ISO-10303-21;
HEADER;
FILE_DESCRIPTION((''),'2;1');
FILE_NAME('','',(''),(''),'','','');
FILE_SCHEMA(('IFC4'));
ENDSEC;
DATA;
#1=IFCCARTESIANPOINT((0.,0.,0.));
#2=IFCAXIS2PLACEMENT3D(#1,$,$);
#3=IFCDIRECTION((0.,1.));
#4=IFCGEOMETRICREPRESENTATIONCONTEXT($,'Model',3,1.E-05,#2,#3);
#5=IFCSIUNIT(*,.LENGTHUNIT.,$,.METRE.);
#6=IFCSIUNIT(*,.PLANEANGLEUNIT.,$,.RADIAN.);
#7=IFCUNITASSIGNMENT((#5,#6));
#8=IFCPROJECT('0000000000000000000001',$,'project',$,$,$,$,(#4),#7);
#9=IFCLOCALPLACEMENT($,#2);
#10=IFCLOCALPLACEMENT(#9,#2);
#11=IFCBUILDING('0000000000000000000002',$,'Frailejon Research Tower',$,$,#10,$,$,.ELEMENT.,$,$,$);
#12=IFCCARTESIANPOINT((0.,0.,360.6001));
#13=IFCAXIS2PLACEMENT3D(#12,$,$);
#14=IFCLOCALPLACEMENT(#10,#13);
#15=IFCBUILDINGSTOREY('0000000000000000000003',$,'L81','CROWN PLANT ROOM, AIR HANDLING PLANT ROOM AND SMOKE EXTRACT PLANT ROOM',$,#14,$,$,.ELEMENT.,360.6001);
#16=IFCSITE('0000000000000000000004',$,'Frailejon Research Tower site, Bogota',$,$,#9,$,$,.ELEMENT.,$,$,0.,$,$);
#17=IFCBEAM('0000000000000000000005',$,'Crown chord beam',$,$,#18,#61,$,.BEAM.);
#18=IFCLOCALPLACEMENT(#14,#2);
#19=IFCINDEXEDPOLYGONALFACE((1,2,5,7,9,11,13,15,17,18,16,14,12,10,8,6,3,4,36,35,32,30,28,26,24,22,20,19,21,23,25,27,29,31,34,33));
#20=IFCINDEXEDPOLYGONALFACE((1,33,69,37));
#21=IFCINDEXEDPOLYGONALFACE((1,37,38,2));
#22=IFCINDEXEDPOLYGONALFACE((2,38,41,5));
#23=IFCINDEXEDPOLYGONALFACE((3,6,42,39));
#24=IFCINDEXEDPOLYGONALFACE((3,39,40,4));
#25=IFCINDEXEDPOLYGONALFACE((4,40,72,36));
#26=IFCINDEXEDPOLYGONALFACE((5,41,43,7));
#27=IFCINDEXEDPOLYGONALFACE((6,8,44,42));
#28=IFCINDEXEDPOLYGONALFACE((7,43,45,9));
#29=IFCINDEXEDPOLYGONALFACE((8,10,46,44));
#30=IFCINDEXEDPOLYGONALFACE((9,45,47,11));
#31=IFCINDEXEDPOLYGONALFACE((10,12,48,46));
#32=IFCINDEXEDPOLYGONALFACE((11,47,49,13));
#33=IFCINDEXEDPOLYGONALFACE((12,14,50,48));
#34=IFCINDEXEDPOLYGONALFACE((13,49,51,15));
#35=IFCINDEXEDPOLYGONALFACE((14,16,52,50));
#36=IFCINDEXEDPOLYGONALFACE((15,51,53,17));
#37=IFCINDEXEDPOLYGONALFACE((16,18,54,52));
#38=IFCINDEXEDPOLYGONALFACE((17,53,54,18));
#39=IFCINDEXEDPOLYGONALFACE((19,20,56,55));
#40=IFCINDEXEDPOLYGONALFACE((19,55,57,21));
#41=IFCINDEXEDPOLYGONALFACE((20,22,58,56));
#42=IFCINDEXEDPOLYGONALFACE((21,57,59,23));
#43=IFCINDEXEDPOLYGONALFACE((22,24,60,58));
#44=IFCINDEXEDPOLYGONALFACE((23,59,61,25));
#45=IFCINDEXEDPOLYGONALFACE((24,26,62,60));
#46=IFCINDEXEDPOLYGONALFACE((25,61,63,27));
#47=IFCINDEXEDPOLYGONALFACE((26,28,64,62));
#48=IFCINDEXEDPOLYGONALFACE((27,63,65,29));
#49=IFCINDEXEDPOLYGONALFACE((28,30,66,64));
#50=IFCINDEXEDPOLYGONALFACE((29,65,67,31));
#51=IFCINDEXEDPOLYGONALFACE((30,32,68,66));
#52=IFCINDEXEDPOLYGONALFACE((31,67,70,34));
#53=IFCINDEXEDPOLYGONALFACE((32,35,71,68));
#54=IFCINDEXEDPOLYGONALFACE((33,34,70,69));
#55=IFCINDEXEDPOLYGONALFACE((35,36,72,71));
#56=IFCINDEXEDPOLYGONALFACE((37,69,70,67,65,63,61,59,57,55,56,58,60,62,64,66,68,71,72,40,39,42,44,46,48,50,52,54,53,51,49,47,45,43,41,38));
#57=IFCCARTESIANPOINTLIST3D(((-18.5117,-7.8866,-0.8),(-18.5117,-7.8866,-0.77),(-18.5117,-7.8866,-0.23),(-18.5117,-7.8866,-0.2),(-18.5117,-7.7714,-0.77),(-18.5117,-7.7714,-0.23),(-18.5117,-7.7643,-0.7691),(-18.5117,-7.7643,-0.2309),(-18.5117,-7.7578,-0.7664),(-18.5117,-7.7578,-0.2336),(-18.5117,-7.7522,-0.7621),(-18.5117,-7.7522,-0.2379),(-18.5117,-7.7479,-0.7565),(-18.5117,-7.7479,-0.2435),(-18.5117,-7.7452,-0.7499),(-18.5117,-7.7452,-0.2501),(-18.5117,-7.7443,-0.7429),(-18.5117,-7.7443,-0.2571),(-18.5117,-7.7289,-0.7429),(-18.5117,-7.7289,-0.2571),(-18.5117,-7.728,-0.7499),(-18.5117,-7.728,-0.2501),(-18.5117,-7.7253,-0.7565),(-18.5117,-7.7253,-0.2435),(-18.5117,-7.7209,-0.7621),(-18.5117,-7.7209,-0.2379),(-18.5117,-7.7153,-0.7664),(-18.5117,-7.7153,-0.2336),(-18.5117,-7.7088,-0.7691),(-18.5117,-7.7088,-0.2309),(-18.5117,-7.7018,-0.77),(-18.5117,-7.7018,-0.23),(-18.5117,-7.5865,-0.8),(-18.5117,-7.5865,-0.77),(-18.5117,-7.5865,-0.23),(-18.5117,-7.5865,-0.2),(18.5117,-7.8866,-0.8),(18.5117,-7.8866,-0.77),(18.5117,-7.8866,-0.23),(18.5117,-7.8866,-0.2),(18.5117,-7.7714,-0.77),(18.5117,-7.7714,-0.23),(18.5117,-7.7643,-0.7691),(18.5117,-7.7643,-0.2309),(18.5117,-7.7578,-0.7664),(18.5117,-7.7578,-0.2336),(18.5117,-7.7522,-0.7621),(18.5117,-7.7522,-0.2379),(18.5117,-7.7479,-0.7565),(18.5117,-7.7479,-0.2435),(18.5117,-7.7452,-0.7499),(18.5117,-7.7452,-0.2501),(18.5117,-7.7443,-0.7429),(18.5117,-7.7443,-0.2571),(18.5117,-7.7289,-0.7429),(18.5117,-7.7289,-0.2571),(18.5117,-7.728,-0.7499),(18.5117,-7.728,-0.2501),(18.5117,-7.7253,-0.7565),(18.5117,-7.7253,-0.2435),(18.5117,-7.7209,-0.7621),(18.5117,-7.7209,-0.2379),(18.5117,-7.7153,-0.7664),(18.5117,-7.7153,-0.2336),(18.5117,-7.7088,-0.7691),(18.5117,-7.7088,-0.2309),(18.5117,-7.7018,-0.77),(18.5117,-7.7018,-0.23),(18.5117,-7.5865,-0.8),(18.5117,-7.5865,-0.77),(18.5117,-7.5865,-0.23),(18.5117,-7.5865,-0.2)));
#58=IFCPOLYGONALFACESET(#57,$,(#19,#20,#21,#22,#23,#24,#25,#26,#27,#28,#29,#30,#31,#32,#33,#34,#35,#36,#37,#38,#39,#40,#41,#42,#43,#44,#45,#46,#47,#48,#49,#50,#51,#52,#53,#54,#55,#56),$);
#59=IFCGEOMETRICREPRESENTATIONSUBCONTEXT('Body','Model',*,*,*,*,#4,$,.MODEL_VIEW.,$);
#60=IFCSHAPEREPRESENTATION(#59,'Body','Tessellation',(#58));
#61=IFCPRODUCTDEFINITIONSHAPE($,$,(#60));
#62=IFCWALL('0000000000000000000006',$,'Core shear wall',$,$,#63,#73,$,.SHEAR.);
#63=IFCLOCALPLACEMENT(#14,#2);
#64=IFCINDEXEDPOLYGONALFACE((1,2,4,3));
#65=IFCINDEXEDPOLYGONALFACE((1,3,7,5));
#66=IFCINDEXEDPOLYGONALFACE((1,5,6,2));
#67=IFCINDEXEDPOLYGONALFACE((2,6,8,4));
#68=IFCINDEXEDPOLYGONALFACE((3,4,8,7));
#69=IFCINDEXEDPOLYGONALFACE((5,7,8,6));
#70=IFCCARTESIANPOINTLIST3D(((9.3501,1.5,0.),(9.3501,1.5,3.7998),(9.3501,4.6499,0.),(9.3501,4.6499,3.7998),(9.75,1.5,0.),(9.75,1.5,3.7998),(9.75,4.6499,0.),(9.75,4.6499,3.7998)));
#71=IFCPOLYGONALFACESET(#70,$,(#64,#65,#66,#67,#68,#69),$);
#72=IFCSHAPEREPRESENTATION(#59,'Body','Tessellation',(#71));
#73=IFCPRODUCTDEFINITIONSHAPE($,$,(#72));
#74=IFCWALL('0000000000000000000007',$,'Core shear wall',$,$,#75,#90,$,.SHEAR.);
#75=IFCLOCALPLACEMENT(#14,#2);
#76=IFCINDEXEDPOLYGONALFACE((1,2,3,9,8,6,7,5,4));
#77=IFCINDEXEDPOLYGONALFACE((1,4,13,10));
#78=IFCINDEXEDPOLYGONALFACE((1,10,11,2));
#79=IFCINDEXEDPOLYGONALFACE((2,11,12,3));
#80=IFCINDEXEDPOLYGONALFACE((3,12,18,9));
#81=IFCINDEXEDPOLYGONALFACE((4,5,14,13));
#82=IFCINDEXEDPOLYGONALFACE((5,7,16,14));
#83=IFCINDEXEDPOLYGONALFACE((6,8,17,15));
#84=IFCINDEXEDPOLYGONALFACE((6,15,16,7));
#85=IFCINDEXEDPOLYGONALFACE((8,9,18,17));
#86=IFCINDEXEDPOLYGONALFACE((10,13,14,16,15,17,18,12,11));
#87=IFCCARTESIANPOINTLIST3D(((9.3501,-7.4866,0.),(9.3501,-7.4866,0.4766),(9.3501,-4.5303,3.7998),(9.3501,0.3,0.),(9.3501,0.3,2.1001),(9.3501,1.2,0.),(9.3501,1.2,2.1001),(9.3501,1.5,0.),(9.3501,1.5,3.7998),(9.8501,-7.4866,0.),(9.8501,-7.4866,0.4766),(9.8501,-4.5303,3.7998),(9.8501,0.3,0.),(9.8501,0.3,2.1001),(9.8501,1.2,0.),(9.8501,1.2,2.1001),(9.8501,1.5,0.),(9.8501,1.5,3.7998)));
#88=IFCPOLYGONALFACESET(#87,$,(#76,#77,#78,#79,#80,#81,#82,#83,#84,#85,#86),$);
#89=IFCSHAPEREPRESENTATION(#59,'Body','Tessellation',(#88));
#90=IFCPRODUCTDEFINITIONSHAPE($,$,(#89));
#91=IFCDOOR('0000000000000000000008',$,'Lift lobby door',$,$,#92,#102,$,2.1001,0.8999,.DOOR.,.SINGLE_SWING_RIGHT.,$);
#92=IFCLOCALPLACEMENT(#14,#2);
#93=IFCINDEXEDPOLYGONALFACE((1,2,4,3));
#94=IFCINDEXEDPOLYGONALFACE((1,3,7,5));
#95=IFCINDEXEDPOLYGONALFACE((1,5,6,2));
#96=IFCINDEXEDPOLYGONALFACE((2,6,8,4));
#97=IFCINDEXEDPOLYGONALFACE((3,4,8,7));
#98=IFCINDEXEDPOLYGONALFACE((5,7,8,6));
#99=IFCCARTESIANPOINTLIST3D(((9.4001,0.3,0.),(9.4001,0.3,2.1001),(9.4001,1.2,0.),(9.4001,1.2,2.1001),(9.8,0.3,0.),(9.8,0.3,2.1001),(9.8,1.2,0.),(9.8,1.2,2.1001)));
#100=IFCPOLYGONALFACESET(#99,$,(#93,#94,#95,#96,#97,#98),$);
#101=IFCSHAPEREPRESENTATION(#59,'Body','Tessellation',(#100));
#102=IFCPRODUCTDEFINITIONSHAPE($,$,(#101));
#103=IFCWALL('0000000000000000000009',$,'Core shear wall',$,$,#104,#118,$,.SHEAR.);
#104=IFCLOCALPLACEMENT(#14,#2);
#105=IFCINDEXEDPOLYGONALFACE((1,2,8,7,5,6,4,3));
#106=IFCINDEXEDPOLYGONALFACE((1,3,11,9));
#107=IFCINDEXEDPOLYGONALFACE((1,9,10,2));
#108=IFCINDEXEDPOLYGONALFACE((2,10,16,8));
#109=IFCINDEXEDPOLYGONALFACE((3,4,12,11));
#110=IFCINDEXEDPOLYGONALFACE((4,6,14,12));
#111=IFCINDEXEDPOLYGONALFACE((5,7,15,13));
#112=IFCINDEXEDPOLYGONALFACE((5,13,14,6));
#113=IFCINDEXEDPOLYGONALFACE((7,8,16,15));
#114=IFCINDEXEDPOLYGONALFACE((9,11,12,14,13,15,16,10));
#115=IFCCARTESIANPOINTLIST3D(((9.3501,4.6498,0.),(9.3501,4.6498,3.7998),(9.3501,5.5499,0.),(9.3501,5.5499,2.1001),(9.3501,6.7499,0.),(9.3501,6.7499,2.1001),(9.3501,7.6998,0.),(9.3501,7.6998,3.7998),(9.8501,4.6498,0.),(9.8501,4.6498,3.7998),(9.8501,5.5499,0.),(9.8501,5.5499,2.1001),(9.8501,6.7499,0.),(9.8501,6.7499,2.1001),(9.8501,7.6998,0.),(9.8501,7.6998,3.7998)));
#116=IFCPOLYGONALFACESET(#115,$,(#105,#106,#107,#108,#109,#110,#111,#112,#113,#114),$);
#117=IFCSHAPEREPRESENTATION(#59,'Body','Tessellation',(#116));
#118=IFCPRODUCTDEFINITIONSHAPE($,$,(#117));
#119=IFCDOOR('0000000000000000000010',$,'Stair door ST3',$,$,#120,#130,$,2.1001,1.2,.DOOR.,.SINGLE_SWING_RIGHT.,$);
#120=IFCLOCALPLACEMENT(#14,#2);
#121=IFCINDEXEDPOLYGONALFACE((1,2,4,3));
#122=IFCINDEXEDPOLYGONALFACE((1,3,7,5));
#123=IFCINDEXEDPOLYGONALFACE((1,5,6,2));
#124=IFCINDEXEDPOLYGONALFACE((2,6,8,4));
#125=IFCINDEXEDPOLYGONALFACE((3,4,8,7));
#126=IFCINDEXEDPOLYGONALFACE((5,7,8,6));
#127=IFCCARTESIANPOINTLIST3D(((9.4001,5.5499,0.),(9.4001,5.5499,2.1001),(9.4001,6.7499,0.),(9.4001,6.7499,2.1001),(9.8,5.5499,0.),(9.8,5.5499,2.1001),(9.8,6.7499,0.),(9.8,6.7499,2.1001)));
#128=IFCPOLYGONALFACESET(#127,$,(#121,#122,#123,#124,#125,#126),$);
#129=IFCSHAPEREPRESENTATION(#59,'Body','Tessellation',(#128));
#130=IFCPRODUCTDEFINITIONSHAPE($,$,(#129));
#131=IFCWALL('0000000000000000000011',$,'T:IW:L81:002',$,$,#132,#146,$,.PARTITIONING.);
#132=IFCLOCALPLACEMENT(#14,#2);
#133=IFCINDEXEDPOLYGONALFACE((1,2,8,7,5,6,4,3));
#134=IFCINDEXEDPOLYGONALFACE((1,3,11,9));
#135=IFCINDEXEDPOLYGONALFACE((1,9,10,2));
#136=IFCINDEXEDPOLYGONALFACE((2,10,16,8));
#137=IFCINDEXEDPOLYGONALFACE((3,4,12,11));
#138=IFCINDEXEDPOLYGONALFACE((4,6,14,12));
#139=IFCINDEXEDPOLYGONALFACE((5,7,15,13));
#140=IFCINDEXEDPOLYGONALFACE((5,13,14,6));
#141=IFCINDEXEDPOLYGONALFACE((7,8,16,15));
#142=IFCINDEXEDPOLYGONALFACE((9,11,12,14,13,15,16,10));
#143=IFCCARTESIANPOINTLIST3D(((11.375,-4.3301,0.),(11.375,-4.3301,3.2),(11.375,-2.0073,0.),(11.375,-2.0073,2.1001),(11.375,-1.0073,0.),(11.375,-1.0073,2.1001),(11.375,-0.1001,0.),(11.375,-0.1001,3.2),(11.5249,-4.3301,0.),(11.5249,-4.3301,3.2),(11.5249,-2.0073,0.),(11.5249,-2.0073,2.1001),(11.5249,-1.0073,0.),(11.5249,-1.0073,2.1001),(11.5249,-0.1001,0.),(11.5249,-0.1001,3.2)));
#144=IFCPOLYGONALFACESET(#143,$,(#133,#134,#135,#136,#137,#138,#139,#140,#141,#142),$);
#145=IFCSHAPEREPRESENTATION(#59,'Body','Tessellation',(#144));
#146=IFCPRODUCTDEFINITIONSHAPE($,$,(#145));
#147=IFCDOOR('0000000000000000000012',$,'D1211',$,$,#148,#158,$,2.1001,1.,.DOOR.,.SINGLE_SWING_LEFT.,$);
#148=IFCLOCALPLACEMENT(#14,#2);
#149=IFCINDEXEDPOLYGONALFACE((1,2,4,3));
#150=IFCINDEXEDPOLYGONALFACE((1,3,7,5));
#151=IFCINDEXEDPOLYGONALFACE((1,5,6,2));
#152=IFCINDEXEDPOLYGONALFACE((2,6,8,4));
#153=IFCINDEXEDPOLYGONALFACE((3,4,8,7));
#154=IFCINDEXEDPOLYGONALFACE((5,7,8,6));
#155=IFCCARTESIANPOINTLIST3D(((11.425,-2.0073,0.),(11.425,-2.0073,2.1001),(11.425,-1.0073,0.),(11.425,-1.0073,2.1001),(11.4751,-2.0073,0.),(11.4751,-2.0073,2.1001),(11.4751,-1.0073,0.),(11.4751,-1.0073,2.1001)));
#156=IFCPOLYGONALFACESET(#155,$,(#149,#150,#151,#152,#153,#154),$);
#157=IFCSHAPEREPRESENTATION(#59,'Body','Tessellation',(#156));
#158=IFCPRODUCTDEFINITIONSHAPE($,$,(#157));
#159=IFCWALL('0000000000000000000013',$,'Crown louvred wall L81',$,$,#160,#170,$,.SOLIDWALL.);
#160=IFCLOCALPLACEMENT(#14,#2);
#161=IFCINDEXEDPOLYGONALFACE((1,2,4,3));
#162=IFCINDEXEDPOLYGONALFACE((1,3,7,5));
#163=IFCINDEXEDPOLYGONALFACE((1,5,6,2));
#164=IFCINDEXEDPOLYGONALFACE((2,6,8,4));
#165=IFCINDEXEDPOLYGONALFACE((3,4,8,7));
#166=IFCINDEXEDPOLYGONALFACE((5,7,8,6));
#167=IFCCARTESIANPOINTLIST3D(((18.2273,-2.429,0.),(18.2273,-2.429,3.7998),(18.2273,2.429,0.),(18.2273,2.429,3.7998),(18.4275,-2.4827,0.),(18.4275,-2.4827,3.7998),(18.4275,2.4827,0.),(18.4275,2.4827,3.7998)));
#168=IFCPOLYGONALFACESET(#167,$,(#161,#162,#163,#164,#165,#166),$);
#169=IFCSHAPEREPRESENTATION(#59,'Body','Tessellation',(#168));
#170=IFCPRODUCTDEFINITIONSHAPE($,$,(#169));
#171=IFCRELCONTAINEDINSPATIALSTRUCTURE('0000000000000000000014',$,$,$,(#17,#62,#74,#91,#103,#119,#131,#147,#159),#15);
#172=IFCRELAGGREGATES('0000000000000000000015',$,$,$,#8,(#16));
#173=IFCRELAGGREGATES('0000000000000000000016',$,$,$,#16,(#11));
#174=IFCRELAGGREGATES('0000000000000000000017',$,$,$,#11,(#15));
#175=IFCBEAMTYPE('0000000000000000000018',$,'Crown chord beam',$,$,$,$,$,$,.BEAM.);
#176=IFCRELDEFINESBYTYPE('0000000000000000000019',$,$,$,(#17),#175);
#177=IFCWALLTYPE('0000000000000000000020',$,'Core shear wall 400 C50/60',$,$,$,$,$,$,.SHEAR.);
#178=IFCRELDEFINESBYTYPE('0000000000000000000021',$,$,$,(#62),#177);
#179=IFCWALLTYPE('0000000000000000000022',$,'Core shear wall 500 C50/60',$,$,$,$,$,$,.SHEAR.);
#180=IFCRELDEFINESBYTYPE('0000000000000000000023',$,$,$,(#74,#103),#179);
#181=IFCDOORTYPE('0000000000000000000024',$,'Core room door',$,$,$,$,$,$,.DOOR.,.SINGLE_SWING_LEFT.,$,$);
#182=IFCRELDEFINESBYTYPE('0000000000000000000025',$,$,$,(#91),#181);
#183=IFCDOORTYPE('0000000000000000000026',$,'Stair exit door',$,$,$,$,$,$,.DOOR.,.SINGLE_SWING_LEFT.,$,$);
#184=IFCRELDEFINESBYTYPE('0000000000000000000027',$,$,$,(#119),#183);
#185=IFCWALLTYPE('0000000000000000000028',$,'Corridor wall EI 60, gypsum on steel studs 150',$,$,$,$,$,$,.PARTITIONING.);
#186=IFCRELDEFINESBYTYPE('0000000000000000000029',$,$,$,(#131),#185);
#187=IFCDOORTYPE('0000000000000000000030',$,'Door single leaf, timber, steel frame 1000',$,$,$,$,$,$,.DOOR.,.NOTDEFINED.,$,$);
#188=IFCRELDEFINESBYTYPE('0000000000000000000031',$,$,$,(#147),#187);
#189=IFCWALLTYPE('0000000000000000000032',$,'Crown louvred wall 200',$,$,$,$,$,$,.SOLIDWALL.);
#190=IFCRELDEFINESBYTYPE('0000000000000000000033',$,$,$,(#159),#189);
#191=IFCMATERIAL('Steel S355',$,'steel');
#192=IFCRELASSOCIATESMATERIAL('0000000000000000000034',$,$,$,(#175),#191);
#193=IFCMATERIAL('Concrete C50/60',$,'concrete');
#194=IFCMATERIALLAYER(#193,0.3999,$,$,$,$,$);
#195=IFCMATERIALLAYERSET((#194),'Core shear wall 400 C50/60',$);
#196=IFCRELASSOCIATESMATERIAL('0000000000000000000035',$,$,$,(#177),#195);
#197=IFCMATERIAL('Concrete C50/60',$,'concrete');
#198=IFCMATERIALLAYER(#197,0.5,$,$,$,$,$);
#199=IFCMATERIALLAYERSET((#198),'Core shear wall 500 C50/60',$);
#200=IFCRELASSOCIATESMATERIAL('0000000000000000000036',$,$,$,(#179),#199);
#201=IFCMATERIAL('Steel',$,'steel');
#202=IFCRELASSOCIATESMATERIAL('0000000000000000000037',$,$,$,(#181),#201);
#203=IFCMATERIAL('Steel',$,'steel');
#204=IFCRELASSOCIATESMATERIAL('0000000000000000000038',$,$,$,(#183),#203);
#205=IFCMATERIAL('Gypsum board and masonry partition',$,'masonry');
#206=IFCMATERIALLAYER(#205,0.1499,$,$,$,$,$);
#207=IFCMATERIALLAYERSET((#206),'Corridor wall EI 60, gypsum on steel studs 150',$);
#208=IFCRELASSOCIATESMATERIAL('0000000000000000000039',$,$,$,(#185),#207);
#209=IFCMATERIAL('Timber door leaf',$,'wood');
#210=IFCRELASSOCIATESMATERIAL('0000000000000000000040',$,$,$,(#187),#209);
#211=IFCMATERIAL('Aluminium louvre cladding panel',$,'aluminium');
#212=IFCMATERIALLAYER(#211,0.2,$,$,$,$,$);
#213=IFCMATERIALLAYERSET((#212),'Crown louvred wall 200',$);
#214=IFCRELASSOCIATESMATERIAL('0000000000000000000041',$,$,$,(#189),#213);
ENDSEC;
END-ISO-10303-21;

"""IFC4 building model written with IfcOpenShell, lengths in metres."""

from ifc_helpers import new_model, si_unit, direction, frame, frame_2d, origin, origin_2d, place, context, subcontext, project, spatial, polyline, rectangle, i_section, outline, extrude, material, layer, layer_set, material_profile, profile_set, type_object, element, fill, save


model = new_model("IFC4")

# Units and contexts
model_context = context("Model", 3, precision=1e-05, world=origin(), true_north=direction((0.0, 1.0)))
body_context = subcontext(model_context, "Body", "Model", "MODEL_VIEW")
ifc_project = project(units=[si_unit("LENGTHUNIT", "METRE"), si_unit("PLANEANGLEUNIT", "RADIAN")], contexts=[model_context])

# Site, building, storey
site_placement = place(None, origin())
site = spatial("IfcSite", under=ifc_project, at=site_placement, Name="Frailejon Research Tower site, Bogota", CompositionType="ELEMENT", RefElevation=0.0)
building_placement = place(site_placement, origin())
building = spatial("IfcBuilding", under=site, at=building_placement, Name="Frailejon Research Tower", CompositionType="ELEMENT")
storey_placement = place(building_placement, frame((0.0, 0.0, 360.6001)))
storey = spatial("IfcBuildingStorey", under=building, at=storey_placement, Name="L81", Description="CROWN PLANT ROOM, AIR HANDLING PLANT ROOM AND SMOKE EXTRACT PLANT ROOM", CompositionType="ELEMENT", Elevation=360.6001)

# Beam
ifc_material_1 = material(Name="Steel S355", Category="steel")
ifc_material_profile = material_profile(ifc_material_1, i_section(OverallWidth=0.3, OverallDepth=0.6001, WebThickness=0.0154, FlangeThickness=0.03, FilletRadius=0.0271, at=origin_2d()), Name="HE 600 B")
ifc_profile_set = profile_set([ifc_material_profile], Name="Steel S355")
beam_type = type_object("IfcBeamType", Name="Crown chord beam", PredefinedType="BEAM", material=ifc_profile_set)
beam_placement = place(storey_placement, frame((18.5117, -7.7366, -0.5), z_axis=(-1.0, 0.0, 0.0), x_axis=(0.0, -1.0, 0.0)))
element("IfcBeam", 1, at=beam_placement, inside=storey, type_object=beam_type, Name="Crown chord beam", PredefinedType="BEAM", context=body_context, shape_type="SweptSolid", body=[
    extrude(i_section(OverallWidth=0.3, OverallDepth=0.6001, WebThickness=0.0154, FlangeThickness=0.03, FilletRadius=0.0271, at=origin_2d()), origin(), (0.0, 0.0, 1.0), 37.0234),
])

# Wall
ifc_material_2 = material(Name="Concrete C50/60", Category="concrete")
ifc_layer_1 = layer(ifc_material_2, 0.3999)
ifc_layer_set_1 = layer_set([ifc_layer_1], Name="Core shear wall 400 C50/60")
wall_type_1 = type_object("IfcWallType", Name="Core shear wall 400 C50/60", PredefinedType="SHEAR", material=ifc_layer_set_1)
wall_1_placement = place(storey_placement, frame((9.55, 1.5, 0.0), z_axis=(0.0, 0.0, 1.0), x_axis=(0.0, 1.0, 0.0)))
element("IfcWall", 2, at=wall_1_placement, inside=storey, type_object=wall_type_1, Name="Core shear wall", PredefinedType="SHEAR", context=body_context, shape_type="SweptSolid", body=[
    extrude(rectangle(XDim=3.1499, YDim=0.3999, at=frame_2d((1.575, 0.0))), origin(), (0.0, 0.0, 1.0), 3.7998),
])

# Walls, openings, doors
ifc_material_3 = material(Name="Concrete C50/60", Category="concrete")
ifc_layer_2 = layer(ifc_material_3, 0.5)
ifc_layer_set_2 = layer_set([ifc_layer_2], Name="Core shear wall 500 C50/60")
wall_type_2 = type_object("IfcWallType", Name="Core shear wall 500 C50/60", PredefinedType="SHEAR", material=ifc_layer_set_2)
wall_2_placement = place(storey_placement, frame((9.6001, -7.4866, 0.0), z_axis=(0.0, 0.0, 1.0), x_axis=(0.0, 1.0, 0.0)))
wall_2 = element("IfcWall", 3, at=wall_2_placement, inside=storey, type_object=wall_type_2, Name="Core shear wall", PredefinedType="SHEAR", context=body_context, shape_type="SweptSolid", body=[
    extrude(outline(polyline([(0.0, 0.0), (8.9866, 0.0), (8.9866, 3.7998), (6.9563, 3.7998), (2.9563, 3.7998), (0.0, 0.4766), (0.0, 0.0)])), frame((0.0, 0.25, 0.0), z_axis=(0.0, -1.0, 0.0), x_axis=(1.0, 0.0, 0.0)), (0.0, 0.0, 1.0), 0.5),
])
opening_1_placement = place(wall_2_placement, frame((7.7866, 0.0, 0.0)))
opening_1 = element("IfcOpeningElement", 4, at=opening_1_placement, cuts=wall_2, PredefinedType="OPENING", context=body_context, shape_type="SweptSolid", body=[
    extrude(rectangle(XDim=0.8999, YDim=2.1001, at=frame_2d((0.45, 1.05))), frame((0.0, 0.26, 0.0), z_axis=(0.0, -1.0, 0.0), x_axis=(1.0, 0.0, 0.0)), (0.0, 0.0, 1.0), 0.52),
])
ifc_material_4 = material(Name="Steel", Category="steel")
door_type_1 = type_object("IfcDoorType", Name="Core room door", OperationType="SINGLE_SWING_LEFT", PredefinedType="DOOR", material=ifc_material_4)
door_1_placement = place(opening_1_placement, origin())
door_1 = element("IfcDoor", 5, at=door_1_placement, inside=storey, type_object=door_type_1, Name="Lift lobby door", OperationType="SINGLE_SWING_RIGHT", OverallHeight=2.1001, OverallWidth=0.8999, PredefinedType="DOOR", context=body_context, shape_type="SweptSolid", body=[
    extrude(rectangle(XDim=0.8999, YDim=2.1001, at=frame_2d((0.45, 1.05))), frame((0.0, 0.2, 0.0), z_axis=(0.0, -1.0, 0.0), x_axis=(1.0, 0.0, 0.0)), (0.0, 0.0, 1.0), 0.3999),
])
fill(opening_1, door_1)
wall_3_placement = place(storey_placement, frame((9.6001, 4.6499, 0.0), z_axis=(0.0, 0.0, 1.0), x_axis=(0.0, 1.0, 0.0)))
wall_3 = element("IfcWall", 6, at=wall_3_placement, inside=storey, type_object=wall_type_2, Name="Core shear wall", PredefinedType="SHEAR", context=body_context, shape_type="SweptSolid", body=[
    extrude(rectangle(XDim=3.05, YDim=0.5, at=frame_2d((1.5249, 0.0))), origin(), (0.0, 0.0, 1.0), 3.7998),
])
opening_2_placement = place(wall_3_placement, frame((0.8999, 0.0, 0.0)))
opening_2 = element("IfcOpeningElement", 7, at=opening_2_placement, cuts=wall_3, PredefinedType="OPENING", context=body_context, shape_type="SweptSolid", body=[
    extrude(rectangle(XDim=1.2, YDim=2.1001, at=frame_2d((0.6001, 1.05))), frame((0.0, 0.26, 0.0), z_axis=(0.0, -1.0, 0.0), x_axis=(1.0, 0.0, 0.0)), (0.0, 0.0, 1.0), 0.52),
])
ifc_material_5 = material(Name="Steel", Category="steel")
door_type_2 = type_object("IfcDoorType", Name="Stair exit door", OperationType="SINGLE_SWING_LEFT", PredefinedType="DOOR", material=ifc_material_5)
door_2_placement = place(opening_2_placement, origin())
door_2 = element("IfcDoor", 8, at=door_2_placement, inside=storey, type_object=door_type_2, Name="Stair door ST3", OperationType="SINGLE_SWING_RIGHT", OverallHeight=2.1001, OverallWidth=1.2, PredefinedType="DOOR", context=body_context, shape_type="SweptSolid", body=[
    extrude(rectangle(XDim=1.2, YDim=2.1001, at=frame_2d((0.6001, 1.05))), frame((0.0, 0.2, 0.0), z_axis=(0.0, -1.0, 0.0), x_axis=(1.0, 0.0, 0.0)), (0.0, 0.0, 1.0), 0.3999),
])
fill(opening_2, door_2)
ifc_material_6 = material(Name="Gypsum board and masonry partition", Category="masonry")
ifc_layer_3 = layer(ifc_material_6, 0.1499)
ifc_layer_set_3 = layer_set([ifc_layer_3], Name="Corridor wall EI 60, gypsum on steel studs 150")
wall_type_3 = type_object("IfcWallType", Name="Corridor wall EI 60, gypsum on steel studs 150", PredefinedType="PARTITIONING", material=ifc_layer_set_3)
wall_4_placement = place(storey_placement, frame((11.45, -4.3301, 0.0), z_axis=(0.0, 0.0, 1.0), x_axis=(0.0, 1.0, 0.0)))
wall_4 = element("IfcWall", 9, at=wall_4_placement, inside=storey, type_object=wall_type_3, Name="T:IW:L81:002", PredefinedType="PARTITIONING", context=body_context, shape_type="SweptSolid", body=[
    extrude(rectangle(XDim=4.23, YDim=0.1499, at=frame_2d((2.115, 0.0))), origin(), (0.0, 0.0, 1.0), 3.2),
])
opening_3_placement = place(wall_4_placement, frame((2.3228, 0.0, 0.0)))
opening_3 = element("IfcOpeningElement", 10, at=opening_3_placement, cuts=wall_4, PredefinedType="OPENING", context=body_context, shape_type="SweptSolid", body=[
    extrude(rectangle(XDim=1.0, YDim=2.1001, at=frame_2d((0.5, 1.05))), frame((0.0, 0.085, 0.0), z_axis=(0.0, -1.0, 0.0), x_axis=(1.0, 0.0, 0.0)), (0.0, 0.0, 1.0), 0.1699),
])
ifc_material_7 = material(Name="Timber door leaf", Category="wood")
door_type_3 = type_object("IfcDoorType", Name="Door single leaf, timber, steel frame 1000", OperationType="NOTDEFINED", PredefinedType="DOOR", material=ifc_material_7)
door_3_placement = place(opening_3_placement, origin())
door_3 = element("IfcDoor", 11, at=door_3_placement, inside=storey, type_object=door_type_3, Name="D1211", OperationType="SINGLE_SWING_LEFT", OverallHeight=2.1001, OverallWidth=1.0, PredefinedType="DOOR", context=body_context, shape_type="SweptSolid", body=[
    extrude(rectangle(XDim=1.0, YDim=2.1001, at=frame_2d((0.5, 1.05))), frame((0.0, 0.0249, 0.0), z_axis=(0.0, -1.0, 0.0), x_axis=(1.0, 0.0, 0.0)), (0.0, 0.0, 1.0), 0.05),
])
fill(opening_3, door_3)

# Wall
ifc_material_8 = material(Name="Aluminium louvre cladding panel", Category="aluminium")
ifc_layer_4 = layer(ifc_material_8, 0.2)
ifc_layer_set_4 = layer_set([ifc_layer_4], Name="Crown louvred wall 200")
wall_type_4 = type_object("IfcWallType", Name="Crown louvred wall 200", PredefinedType="SOLIDWALL", material=ifc_layer_set_4)
wall_5_placement = place(storey_placement, frame((18.3274, -2.4558, 0.0), z_axis=(0.0, 0.0, 1.0), x_axis=(0.0, 1.0, 0.0)))
element("IfcWall", 12, at=wall_5_placement, inside=storey, type_object=wall_type_4, Name="Crown louvred wall L81", PredefinedType="SOLIDWALL", context=body_context, shape_type="SweptSolid", body=[
    extrude(outline(polyline([(-0.0269, -0.1001), (4.9385, -0.1001), (4.8848, 0.1001), (0.0269, 0.1001), (-0.0269, -0.1001)])), origin(), (0.0, 0.0, 1.0), 3.7998),
])

save(model, "model.ifc")
